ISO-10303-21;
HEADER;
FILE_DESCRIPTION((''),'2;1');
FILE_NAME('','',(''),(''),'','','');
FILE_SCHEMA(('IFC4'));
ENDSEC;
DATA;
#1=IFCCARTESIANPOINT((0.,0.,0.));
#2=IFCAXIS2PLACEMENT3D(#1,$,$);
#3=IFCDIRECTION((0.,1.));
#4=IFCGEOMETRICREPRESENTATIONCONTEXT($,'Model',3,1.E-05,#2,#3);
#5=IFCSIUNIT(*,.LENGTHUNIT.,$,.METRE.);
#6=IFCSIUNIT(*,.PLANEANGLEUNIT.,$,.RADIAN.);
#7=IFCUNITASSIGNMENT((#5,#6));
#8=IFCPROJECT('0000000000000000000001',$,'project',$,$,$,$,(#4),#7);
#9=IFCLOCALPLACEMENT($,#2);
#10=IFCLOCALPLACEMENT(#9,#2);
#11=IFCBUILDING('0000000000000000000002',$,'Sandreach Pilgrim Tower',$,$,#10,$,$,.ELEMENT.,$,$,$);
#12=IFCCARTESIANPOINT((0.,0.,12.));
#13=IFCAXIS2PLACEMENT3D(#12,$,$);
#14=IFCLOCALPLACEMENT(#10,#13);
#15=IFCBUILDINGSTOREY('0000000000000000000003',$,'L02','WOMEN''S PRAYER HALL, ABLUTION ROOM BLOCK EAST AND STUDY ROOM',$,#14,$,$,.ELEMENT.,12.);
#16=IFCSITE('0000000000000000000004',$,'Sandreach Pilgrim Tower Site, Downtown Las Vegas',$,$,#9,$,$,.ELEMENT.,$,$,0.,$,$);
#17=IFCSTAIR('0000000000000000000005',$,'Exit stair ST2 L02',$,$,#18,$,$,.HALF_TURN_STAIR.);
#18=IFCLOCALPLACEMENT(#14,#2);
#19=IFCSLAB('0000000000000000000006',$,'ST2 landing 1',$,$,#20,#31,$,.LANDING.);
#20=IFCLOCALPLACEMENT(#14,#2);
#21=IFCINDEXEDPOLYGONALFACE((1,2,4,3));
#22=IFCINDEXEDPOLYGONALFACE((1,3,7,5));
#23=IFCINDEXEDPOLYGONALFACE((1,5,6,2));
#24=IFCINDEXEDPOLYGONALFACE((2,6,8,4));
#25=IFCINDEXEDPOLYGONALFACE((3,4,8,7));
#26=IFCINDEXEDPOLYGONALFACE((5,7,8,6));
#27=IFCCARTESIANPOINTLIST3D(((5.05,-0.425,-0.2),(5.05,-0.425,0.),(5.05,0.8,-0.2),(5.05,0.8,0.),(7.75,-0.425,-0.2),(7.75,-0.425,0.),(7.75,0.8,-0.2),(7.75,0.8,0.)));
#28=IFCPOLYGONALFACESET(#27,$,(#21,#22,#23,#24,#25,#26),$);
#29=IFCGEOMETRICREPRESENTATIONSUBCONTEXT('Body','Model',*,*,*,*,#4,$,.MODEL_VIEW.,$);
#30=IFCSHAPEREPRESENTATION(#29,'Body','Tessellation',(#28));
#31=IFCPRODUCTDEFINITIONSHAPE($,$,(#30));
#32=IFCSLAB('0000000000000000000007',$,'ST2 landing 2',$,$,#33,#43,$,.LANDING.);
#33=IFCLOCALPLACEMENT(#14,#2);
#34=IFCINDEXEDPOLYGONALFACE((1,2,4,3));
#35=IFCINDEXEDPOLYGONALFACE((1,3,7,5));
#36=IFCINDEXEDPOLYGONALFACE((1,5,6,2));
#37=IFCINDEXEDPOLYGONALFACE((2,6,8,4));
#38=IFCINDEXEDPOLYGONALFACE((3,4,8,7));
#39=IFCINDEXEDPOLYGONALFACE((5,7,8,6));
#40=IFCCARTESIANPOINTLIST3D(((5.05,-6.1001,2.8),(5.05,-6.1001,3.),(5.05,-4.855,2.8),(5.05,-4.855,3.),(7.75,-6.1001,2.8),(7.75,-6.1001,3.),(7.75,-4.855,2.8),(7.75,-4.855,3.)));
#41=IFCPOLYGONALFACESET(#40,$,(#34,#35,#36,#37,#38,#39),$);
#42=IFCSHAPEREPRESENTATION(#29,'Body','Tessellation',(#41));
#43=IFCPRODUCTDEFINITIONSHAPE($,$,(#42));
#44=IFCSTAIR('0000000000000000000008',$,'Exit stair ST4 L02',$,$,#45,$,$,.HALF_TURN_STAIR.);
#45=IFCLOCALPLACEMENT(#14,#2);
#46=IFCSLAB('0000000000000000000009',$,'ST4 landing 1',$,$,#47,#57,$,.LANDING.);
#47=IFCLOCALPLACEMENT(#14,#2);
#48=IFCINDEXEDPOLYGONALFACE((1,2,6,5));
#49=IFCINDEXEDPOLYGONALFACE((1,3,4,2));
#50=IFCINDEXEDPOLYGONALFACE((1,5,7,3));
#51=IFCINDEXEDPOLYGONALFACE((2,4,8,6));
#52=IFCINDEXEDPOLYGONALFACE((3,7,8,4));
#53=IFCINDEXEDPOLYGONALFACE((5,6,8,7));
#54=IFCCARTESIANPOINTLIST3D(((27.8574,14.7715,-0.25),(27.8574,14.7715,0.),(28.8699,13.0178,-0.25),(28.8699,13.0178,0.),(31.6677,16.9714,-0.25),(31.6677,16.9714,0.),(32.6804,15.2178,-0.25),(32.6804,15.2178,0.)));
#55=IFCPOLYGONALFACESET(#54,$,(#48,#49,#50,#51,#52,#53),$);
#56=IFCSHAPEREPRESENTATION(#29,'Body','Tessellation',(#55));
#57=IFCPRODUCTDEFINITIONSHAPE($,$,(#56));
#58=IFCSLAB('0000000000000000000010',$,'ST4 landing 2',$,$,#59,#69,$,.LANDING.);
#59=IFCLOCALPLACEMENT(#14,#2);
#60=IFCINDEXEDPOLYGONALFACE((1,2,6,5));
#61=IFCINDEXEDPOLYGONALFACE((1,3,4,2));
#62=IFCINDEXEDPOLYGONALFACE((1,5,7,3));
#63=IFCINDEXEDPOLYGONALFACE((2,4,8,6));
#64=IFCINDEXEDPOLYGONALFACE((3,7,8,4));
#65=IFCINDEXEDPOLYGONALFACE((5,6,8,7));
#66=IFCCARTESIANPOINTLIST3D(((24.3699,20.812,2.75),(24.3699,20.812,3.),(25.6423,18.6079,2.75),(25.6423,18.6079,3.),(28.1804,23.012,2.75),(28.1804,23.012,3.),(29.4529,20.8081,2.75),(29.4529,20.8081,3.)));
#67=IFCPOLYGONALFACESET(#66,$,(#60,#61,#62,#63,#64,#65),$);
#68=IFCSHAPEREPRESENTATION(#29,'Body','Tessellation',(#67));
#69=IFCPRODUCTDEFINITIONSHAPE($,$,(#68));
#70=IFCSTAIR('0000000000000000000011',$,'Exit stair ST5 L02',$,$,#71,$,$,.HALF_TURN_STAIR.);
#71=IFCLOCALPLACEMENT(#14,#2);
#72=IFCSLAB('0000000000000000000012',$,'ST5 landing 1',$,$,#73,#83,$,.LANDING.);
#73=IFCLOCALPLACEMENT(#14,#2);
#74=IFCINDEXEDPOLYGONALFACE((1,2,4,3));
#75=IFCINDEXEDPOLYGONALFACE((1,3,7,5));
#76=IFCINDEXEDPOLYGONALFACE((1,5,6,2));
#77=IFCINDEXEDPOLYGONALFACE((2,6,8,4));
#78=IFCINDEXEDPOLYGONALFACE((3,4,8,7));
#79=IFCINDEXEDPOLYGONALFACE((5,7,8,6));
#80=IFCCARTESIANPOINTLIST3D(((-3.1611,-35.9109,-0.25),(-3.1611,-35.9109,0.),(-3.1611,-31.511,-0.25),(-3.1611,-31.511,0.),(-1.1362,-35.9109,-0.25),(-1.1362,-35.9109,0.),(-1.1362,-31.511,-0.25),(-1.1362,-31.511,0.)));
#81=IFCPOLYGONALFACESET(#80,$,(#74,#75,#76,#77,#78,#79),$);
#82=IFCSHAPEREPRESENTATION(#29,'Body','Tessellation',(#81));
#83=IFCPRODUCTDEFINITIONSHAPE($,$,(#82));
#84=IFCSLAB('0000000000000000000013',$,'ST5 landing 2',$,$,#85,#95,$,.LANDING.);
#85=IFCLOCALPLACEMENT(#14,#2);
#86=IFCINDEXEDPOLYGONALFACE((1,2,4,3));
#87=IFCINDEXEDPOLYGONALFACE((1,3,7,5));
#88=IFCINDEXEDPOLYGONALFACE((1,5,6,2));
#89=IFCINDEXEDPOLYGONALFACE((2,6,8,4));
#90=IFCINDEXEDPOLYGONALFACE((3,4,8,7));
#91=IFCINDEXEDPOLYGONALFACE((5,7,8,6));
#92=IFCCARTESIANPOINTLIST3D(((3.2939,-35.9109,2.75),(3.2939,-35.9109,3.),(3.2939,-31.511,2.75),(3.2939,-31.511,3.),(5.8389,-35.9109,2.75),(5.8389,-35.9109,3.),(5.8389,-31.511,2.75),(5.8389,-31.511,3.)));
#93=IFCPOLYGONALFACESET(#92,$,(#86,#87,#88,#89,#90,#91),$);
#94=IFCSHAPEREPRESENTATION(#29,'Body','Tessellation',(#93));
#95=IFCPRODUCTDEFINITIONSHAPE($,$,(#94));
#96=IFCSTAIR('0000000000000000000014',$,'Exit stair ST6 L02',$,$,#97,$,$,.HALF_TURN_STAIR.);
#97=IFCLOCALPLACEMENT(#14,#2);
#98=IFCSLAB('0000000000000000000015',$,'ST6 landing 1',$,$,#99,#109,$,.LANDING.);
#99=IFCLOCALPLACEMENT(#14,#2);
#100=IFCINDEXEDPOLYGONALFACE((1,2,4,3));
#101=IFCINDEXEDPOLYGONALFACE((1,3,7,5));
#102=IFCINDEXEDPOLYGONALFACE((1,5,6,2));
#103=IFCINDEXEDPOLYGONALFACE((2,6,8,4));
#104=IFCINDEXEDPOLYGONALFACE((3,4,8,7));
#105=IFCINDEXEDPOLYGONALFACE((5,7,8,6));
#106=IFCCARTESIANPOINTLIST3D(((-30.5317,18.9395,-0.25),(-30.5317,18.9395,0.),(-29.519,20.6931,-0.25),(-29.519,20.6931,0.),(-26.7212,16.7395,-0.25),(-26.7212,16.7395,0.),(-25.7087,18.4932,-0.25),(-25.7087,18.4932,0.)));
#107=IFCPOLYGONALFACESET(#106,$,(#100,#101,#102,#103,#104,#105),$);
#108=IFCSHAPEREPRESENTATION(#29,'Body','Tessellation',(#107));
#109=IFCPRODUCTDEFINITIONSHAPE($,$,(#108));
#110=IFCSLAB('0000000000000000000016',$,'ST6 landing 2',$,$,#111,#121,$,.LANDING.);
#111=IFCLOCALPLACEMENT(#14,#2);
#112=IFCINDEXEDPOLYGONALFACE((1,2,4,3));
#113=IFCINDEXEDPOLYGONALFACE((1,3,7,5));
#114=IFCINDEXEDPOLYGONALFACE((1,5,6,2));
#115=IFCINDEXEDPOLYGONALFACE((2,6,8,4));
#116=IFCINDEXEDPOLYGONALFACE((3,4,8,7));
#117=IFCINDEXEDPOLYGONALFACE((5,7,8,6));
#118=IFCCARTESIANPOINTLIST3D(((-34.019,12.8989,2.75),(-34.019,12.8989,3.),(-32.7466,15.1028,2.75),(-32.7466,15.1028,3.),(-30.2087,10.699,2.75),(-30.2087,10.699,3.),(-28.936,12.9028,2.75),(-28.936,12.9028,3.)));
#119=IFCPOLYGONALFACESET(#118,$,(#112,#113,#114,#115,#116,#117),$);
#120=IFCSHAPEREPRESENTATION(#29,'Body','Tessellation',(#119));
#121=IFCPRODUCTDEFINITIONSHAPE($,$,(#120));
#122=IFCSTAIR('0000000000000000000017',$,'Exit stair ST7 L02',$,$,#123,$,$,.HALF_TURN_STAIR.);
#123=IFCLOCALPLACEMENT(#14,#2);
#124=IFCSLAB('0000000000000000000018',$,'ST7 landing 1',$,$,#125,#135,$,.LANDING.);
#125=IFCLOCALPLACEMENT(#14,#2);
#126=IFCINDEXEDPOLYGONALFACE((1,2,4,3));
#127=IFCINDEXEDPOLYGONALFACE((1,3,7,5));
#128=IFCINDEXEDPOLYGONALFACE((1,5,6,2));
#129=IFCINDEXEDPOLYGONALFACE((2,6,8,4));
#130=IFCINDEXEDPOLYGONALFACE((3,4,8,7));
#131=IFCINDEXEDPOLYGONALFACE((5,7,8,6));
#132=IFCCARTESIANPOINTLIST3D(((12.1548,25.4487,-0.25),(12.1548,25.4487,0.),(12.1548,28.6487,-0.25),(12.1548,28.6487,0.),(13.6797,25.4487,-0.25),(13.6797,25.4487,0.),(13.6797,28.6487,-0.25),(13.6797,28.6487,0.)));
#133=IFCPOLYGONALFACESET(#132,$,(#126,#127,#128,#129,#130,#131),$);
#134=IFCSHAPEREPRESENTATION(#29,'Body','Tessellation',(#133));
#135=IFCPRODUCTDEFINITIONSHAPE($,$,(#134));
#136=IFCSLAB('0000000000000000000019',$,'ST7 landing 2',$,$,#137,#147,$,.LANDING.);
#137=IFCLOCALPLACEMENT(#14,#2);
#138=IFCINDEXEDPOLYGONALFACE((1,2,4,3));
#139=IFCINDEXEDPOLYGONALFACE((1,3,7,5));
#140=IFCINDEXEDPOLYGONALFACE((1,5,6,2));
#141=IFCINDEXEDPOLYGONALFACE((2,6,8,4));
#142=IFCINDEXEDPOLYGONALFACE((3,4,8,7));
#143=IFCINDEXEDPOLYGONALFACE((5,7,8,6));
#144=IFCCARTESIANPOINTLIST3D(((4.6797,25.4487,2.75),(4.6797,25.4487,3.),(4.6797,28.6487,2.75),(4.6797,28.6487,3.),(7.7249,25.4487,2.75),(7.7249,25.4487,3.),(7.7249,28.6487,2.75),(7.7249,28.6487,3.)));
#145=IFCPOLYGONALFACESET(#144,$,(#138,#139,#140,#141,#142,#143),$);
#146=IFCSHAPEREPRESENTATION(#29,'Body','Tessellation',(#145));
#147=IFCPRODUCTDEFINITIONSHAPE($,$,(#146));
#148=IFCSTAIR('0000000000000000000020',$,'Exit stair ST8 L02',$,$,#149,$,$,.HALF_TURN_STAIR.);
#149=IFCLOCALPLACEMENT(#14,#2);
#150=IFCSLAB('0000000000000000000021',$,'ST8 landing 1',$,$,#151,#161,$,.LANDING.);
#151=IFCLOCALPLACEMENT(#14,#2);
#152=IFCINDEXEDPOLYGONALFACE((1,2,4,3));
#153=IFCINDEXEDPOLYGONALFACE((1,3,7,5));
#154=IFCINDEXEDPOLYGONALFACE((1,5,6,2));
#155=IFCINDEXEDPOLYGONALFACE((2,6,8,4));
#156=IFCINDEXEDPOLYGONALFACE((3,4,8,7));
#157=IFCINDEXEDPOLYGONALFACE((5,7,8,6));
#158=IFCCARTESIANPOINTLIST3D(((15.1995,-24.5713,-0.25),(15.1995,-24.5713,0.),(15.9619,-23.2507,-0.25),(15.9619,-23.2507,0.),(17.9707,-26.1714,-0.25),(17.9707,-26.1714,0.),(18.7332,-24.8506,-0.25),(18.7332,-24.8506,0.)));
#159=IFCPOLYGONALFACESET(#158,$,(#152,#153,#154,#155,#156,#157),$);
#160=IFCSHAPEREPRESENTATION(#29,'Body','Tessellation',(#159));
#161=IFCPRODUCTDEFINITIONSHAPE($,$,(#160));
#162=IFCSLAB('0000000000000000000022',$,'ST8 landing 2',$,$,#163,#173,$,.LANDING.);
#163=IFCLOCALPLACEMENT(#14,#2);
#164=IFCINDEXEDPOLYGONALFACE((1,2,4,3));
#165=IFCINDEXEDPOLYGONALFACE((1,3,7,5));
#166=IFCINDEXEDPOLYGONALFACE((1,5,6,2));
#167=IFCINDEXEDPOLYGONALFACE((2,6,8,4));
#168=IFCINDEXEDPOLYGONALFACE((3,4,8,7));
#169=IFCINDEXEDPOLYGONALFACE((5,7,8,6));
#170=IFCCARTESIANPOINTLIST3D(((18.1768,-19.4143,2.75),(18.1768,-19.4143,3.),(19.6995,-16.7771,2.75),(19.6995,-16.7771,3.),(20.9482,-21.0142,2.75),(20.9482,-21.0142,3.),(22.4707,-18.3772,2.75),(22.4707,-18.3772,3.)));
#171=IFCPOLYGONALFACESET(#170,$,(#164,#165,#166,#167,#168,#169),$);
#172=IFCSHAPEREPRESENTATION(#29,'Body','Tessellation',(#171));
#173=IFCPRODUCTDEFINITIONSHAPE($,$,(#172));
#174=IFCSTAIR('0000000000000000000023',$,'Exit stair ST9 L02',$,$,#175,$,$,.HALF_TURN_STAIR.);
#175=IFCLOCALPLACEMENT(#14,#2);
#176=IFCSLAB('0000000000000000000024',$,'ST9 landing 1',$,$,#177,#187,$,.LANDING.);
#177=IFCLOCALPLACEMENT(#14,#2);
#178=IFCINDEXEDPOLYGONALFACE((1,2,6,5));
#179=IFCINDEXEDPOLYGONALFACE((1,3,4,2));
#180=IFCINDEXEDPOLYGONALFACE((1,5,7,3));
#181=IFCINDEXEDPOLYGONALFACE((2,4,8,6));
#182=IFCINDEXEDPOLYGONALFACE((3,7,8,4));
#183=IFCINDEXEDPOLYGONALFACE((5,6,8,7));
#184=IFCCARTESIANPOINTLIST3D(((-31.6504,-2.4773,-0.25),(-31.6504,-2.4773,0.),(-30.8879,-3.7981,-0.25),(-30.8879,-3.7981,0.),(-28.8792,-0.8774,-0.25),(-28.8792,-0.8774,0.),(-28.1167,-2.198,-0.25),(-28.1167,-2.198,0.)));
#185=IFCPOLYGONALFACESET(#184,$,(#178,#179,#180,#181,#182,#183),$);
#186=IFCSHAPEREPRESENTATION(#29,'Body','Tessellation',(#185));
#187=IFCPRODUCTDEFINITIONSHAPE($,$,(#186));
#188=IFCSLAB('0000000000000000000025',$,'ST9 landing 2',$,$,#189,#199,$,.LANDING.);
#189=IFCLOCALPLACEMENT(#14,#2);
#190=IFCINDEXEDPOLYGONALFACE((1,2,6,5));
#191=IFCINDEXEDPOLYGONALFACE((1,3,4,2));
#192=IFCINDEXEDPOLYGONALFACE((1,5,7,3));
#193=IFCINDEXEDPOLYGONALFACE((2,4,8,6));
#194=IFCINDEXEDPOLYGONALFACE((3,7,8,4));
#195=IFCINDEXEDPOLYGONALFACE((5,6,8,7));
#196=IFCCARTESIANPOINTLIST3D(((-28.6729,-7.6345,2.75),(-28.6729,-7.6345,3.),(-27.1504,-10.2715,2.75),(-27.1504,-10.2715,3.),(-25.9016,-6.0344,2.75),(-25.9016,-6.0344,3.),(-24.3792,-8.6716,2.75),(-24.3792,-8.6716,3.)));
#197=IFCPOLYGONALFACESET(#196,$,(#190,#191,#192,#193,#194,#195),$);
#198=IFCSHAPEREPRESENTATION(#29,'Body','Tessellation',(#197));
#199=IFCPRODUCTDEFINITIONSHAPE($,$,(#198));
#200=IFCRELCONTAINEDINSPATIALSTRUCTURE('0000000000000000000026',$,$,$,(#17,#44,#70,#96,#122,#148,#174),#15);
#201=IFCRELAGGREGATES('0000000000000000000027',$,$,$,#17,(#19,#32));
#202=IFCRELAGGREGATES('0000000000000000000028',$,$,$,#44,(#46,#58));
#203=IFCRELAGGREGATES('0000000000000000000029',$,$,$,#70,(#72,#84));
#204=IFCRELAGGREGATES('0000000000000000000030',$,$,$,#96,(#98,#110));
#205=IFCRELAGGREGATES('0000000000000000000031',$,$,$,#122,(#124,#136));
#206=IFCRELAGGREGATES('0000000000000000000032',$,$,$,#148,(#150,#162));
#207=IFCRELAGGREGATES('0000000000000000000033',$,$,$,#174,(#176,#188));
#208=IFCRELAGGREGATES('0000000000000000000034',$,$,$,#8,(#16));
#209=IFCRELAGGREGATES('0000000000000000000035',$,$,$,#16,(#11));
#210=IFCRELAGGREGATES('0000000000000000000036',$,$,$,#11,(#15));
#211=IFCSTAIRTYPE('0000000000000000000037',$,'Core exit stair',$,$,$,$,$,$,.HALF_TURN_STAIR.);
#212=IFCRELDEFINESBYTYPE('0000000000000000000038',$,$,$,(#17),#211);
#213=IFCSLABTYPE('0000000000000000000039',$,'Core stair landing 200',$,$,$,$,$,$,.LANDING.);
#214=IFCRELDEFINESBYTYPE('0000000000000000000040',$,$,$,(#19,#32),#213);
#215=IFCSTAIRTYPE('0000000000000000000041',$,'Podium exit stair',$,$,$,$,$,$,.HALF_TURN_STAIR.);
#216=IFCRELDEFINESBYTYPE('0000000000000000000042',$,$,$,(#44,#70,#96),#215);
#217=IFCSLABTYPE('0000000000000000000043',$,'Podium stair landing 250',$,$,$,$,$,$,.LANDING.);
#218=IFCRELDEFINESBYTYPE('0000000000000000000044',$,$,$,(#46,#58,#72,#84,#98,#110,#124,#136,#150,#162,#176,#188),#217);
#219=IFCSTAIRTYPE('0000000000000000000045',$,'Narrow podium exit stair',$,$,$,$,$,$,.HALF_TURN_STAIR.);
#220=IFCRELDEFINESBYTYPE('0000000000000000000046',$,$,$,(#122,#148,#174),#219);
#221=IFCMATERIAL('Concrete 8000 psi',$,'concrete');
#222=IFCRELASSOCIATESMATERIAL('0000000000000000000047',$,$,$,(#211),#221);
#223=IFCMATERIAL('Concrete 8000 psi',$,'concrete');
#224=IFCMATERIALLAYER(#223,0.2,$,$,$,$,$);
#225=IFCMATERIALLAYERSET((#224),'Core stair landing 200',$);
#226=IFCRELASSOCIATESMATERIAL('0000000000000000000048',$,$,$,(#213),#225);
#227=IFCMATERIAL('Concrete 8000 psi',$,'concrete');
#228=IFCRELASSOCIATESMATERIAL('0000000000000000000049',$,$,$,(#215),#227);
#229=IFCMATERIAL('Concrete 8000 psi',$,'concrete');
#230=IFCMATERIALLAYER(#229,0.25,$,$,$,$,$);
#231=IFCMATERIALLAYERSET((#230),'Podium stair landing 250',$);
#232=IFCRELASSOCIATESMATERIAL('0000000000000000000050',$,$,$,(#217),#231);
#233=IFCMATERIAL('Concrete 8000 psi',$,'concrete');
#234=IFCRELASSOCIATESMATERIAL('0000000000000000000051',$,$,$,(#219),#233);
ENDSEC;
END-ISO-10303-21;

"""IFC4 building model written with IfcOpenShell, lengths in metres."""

from ifc_helpers import new_model, si_unit, direction, frame, origin, place, context, subcontext, project, spatial, polyline, outline, extrude, material, layer, layer_set, type_object, element, aggregate, save


model = new_model("IFC4")

# Units and contexts
model_context = context("Model", 3, precision=1e-05, world=origin(), true_north=direction((0.0, 1.0)))
body_context = subcontext(model_context, "Body", "Model", "MODEL_VIEW")
ifc_project = project(units=[si_unit("LENGTHUNIT", "METRE"), si_unit("PLANEANGLEUNIT", "RADIAN")], contexts=[model_context])

# Site, building, storey
site_placement = place(None, origin())
site = spatial("IfcSite", under=ifc_project, at=site_placement, Name="Sandreach Pilgrim Tower Site, Downtown Las Vegas", CompositionType="ELEMENT", RefElevation=0.0)
building_placement = place(site_placement, origin())
building = spatial("IfcBuilding", under=site, at=building_placement, Name="Sandreach Pilgrim Tower", CompositionType="ELEMENT")
storey_placement = place(building_placement, frame((0.0, 0.0, 12.0)))
storey = spatial("IfcBuildingStorey", under=building, at=storey_placement, Name="L02", Description="WOMEN'S PRAYER HALL, ABLUTION ROOM BLOCK EAST AND STUDY ROOM", CompositionType="ELEMENT", Elevation=12.0)

# Stairs, slabs
ifc_material_1 = material(Name="Concrete 8000 psi", Category="concrete")
stair_type_1 = type_object("IfcStairType", Name="Core exit stair", PredefinedType="HALF_TURN_STAIR", material=ifc_material_1)
stair_1_placement = place(storey_placement, origin())
stair_1 = element("IfcStair", 1, at=stair_1_placement, inside=storey, type_object=stair_type_1, Name="Exit stair ST2 L02", PredefinedType="HALF_TURN_STAIR")
ifc_material_2 = material(Name="Concrete 8000 psi", Category="concrete")
ifc_layer_1 = layer(ifc_material_2, 0.2)
ifc_layer_set_1 = layer_set([ifc_layer_1], Name="Core stair landing 200")
slab_type_1 = type_object("IfcSlabType", Name="Core stair landing 200", PredefinedType="LANDING", material=ifc_layer_set_1)
slab_1_placement = place(storey_placement, frame((0.0, 0.0, -0.2)))
slab_1 = element("IfcSlab", 2, at=slab_1_placement, type_object=slab_type_1, Name="ST2 landing 1", PredefinedType="LANDING", context=body_context, shape_type="SweptSolid", body=[
    extrude(outline(polyline([(5.05, -0.425), (7.75, -0.425), (7.75, 0.8), (5.05, 0.8), (5.05, -0.425)])), origin(), (0.0, 0.0, 1.0), 0.2),
])
slab_2_placement = place(storey_placement, frame((0.0, 0.0, 2.8)))
slab_2 = element("IfcSlab", 3, at=slab_2_placement, type_object=slab_type_1, Name="ST2 landing 2", PredefinedType="LANDING", context=body_context, shape_type="SweptSolid", body=[
    extrude(outline(polyline([(5.05, -6.1001), (7.75, -6.1001), (7.75, -4.855), (5.05, -4.855), (5.05, -6.1001)])), origin(), (0.0, 0.0, 1.0), 0.2),
])
aggregate(stair_1, [slab_1, slab_2])
ifc_material_3 = material(Name="Concrete 8000 psi", Category="concrete")
stair_type_2 = type_object("IfcStairType", Name="Podium exit stair", PredefinedType="HALF_TURN_STAIR", material=ifc_material_3)
stair_2_placement = place(storey_placement, origin())
stair_2 = element("IfcStair", 4, at=stair_2_placement, inside=storey, type_object=stair_type_2, Name="Exit stair ST4 L02", PredefinedType="HALF_TURN_STAIR")
ifc_material_4 = material(Name="Concrete 8000 psi", Category="concrete")
ifc_layer_2 = layer(ifc_material_4, 0.25)
ifc_layer_set_2 = layer_set([ifc_layer_2], Name="Podium stair landing 250")
slab_type_2 = type_object("IfcSlabType", Name="Podium stair landing 250", PredefinedType="LANDING", material=ifc_layer_set_2)
slab_3_placement = place(storey_placement, frame((0.0, 0.0, -0.25)))
slab_3 = element("IfcSlab", 5, at=slab_3_placement, type_object=slab_type_2, Name="ST4 landing 1", PredefinedType="LANDING", context=body_context, shape_type="SweptSolid", body=[
    extrude(outline(polyline([(28.8699, 13.0178), (27.8574, 14.7715), (31.6677, 16.9714), (32.6804, 15.2178), (28.8699, 13.0178)])), origin(), (0.0, 0.0, 1.0), 0.25),
])
slab_4_placement = place(storey_placement, frame((0.0, 0.0, 2.75)))
slab_4 = element("IfcSlab", 6, at=slab_4_placement, type_object=slab_type_2, Name="ST4 landing 2", PredefinedType="LANDING", context=body_context, shape_type="SweptSolid", body=[
    extrude(outline(polyline([(25.6423, 18.6079), (24.3699, 20.812), (28.1804, 23.012), (29.4529, 20.8081), (25.6423, 18.6079)])), origin(), (0.0, 0.0, 1.0), 0.25),
])
aggregate(stair_2, [slab_3, slab_4])
stair_3_placement = place(storey_placement, origin())
stair_3 = element("IfcStair", 7, at=stair_3_placement, inside=storey, type_object=stair_type_2, Name="Exit stair ST5 L02", PredefinedType="HALF_TURN_STAIR")
slab_5_placement = place(storey_placement, frame((0.0, 0.0, -0.25)))
slab_5 = element("IfcSlab", 8, at=slab_5_placement, type_object=slab_type_2, Name="ST5 landing 1", PredefinedType="LANDING", context=body_context, shape_type="SweptSolid", body=[
    extrude(outline(polyline([(-3.1611, -31.511), (-1.1362, -31.511), (-1.1362, -35.9109), (-3.1611, -35.9109), (-3.1611, -31.511)])), origin(), (0.0, 0.0, 1.0), 0.25),
])
slab_6_placement = place(storey_placement, frame((0.0, 0.0, 2.75)))
slab_6 = element("IfcSlab", 9, at=slab_6_placement, type_object=slab_type_2, Name="ST5 landing 2", PredefinedType="LANDING", context=body_context, shape_type="SweptSolid", body=[
    extrude(outline(polyline([(3.2939, -31.511), (5.8389, -31.511), (5.8389, -35.9109), (3.2939, -35.9109), (3.2939, -31.511)])), origin(), (0.0, 0.0, 1.0), 0.25),
])
aggregate(stair_3, [slab_5, slab_6])
stair_4_placement = place(storey_placement, origin())
stair_4 = element("IfcStair", 10, at=stair_4_placement, inside=storey, type_object=stair_type_2, Name="Exit stair ST6 L02", PredefinedType="HALF_TURN_STAIR")
slab_7_placement = place(storey_placement, frame((0.0, 0.0, -0.25)))
slab_7 = element("IfcSlab", 11, at=slab_7_placement, type_object=slab_type_2, Name="ST6 landing 1", PredefinedType="LANDING", context=body_context, shape_type="SweptSolid", body=[
    extrude(outline(polyline([(-25.7087, 18.4932), (-26.7212, 16.7395), (-30.5317, 18.9395), (-29.519, 20.6931), (-25.7087, 18.4932)])), origin(), (0.0, 0.0, 1.0), 0.25),
])
slab_8_placement = place(storey_placement, frame((0.0, 0.0, 2.75)))
slab_8 = element("IfcSlab", 12, at=slab_8_placement, type_object=slab_type_2, Name="ST6 landing 2", PredefinedType="LANDING", context=body_context, shape_type="SweptSolid", body=[
    extrude(outline(polyline([(-28.936, 12.9028), (-30.2087, 10.699), (-34.019, 12.8989), (-32.7466, 15.1028), (-28.936, 12.9028)])), origin(), (0.0, 0.0, 1.0), 0.25),
])
aggregate(stair_4, [slab_7, slab_8])
ifc_material_5 = material(Name="Concrete 8000 psi", Category="concrete")
stair_type_3 = type_object("IfcStairType", Name="Narrow podium exit stair", PredefinedType="HALF_TURN_STAIR", material=ifc_material_5)
stair_5_placement = place(storey_placement, origin())
stair_5 = element("IfcStair", 13, at=stair_5_placement, inside=storey, type_object=stair_type_3, Name="Exit stair ST7 L02", PredefinedType="HALF_TURN_STAIR")
slab_9_placement = place(storey_placement, frame((0.0, 0.0, -0.25)))
slab_9 = element("IfcSlab", 14, at=slab_9_placement, type_object=slab_type_2, Name="ST7 landing 1", PredefinedType="LANDING", context=body_context, shape_type="SweptSolid", body=[
    extrude(outline(polyline([(13.6797, 25.4487), (12.1548, 25.4487), (12.1548, 28.6487), (13.6797, 28.6487), (13.6797, 25.4487)])), origin(), (0.0, 0.0, 1.0), 0.25),
])
slab_10_placement = place(storey_placement, frame((0.0, 0.0, 2.75)))
slab_10 = element("IfcSlab", 15, at=slab_10_placement, type_object=slab_type_2, Name="ST7 landing 2", PredefinedType="LANDING", context=body_context, shape_type="SweptSolid", body=[
    extrude(outline(polyline([(7.7249, 25.4487), (4.6797, 25.4487), (4.6797, 28.6487), (7.7249, 28.6487), (7.7249, 25.4487)])), origin(), (0.0, 0.0, 1.0), 0.25),
])
aggregate(stair_5, [slab_9, slab_10])
stair_6_placement = place(storey_placement, origin())
stair_6 = element("IfcStair", 16, at=stair_6_placement, inside=storey, type_object=stair_type_3, Name="Exit stair ST8 L02", PredefinedType="HALF_TURN_STAIR")
slab_11_placement = place(storey_placement, frame((0.0, 0.0, -0.25)))
slab_11 = element("IfcSlab", 17, at=slab_11_placement, type_object=slab_type_2, Name="ST8 landing 1", PredefinedType="LANDING", context=body_context, shape_type="SweptSolid", body=[
    extrude(outline(polyline([(15.1995, -24.5713), (15.9619, -23.2507), (18.7332, -24.8506), (17.9707, -26.1714), (15.1995, -24.5713)])), origin(), (0.0, 0.0, 1.0), 0.25),
])
slab_12_placement = place(storey_placement, frame((0.0, 0.0, 2.75)))
slab_12 = element("IfcSlab", 18, at=slab_12_placement, type_object=slab_type_2, Name="ST8 landing 2", PredefinedType="LANDING", context=body_context, shape_type="SweptSolid", body=[
    extrude(outline(polyline([(18.1768, -19.4143), (19.6995, -16.7771), (22.4707, -18.3772), (20.9482, -21.0142), (18.1768, -19.4143)])), origin(), (0.0, 0.0, 1.0), 0.25),
])
aggregate(stair_6, [slab_11, slab_12])
stair_7_placement = place(storey_placement, origin())
stair_7 = element("IfcStair", 19, at=stair_7_placement, inside=storey, type_object=stair_type_3, Name="Exit stair ST9 L02", PredefinedType="HALF_TURN_STAIR")
slab_13_placement = place(storey_placement, frame((0.0, 0.0, -0.25)))
slab_13 = element("IfcSlab", 20, at=slab_13_placement, type_object=slab_type_2, Name="ST9 landing 1", PredefinedType="LANDING", context=body_context, shape_type="SweptSolid", body=[
    extrude(outline(polyline([(-28.8792, -0.8774), (-28.1167, -2.198), (-30.8879, -3.7981), (-31.6504, -2.4773), (-28.8792, -0.8774)])), origin(), (0.0, 0.0, 1.0), 0.25),
])
slab_14_placement = place(storey_placement, frame((0.0, 0.0, 2.75)))
slab_14 = element("IfcSlab", 21, at=slab_14_placement, type_object=slab_type_2, Name="ST9 landing 2", PredefinedType="LANDING", context=body_context, shape_type="SweptSolid", body=[
    extrude(outline(polyline([(-25.9016, -6.0344), (-24.3792, -8.6716), (-27.1504, -10.2715), (-28.6729, -7.6345), (-25.9016, -6.0344)])), origin(), (0.0, 0.0, 1.0), 0.25),
])
aggregate(stair_7, [slab_13, slab_14])

save(model, "model.ifc")
